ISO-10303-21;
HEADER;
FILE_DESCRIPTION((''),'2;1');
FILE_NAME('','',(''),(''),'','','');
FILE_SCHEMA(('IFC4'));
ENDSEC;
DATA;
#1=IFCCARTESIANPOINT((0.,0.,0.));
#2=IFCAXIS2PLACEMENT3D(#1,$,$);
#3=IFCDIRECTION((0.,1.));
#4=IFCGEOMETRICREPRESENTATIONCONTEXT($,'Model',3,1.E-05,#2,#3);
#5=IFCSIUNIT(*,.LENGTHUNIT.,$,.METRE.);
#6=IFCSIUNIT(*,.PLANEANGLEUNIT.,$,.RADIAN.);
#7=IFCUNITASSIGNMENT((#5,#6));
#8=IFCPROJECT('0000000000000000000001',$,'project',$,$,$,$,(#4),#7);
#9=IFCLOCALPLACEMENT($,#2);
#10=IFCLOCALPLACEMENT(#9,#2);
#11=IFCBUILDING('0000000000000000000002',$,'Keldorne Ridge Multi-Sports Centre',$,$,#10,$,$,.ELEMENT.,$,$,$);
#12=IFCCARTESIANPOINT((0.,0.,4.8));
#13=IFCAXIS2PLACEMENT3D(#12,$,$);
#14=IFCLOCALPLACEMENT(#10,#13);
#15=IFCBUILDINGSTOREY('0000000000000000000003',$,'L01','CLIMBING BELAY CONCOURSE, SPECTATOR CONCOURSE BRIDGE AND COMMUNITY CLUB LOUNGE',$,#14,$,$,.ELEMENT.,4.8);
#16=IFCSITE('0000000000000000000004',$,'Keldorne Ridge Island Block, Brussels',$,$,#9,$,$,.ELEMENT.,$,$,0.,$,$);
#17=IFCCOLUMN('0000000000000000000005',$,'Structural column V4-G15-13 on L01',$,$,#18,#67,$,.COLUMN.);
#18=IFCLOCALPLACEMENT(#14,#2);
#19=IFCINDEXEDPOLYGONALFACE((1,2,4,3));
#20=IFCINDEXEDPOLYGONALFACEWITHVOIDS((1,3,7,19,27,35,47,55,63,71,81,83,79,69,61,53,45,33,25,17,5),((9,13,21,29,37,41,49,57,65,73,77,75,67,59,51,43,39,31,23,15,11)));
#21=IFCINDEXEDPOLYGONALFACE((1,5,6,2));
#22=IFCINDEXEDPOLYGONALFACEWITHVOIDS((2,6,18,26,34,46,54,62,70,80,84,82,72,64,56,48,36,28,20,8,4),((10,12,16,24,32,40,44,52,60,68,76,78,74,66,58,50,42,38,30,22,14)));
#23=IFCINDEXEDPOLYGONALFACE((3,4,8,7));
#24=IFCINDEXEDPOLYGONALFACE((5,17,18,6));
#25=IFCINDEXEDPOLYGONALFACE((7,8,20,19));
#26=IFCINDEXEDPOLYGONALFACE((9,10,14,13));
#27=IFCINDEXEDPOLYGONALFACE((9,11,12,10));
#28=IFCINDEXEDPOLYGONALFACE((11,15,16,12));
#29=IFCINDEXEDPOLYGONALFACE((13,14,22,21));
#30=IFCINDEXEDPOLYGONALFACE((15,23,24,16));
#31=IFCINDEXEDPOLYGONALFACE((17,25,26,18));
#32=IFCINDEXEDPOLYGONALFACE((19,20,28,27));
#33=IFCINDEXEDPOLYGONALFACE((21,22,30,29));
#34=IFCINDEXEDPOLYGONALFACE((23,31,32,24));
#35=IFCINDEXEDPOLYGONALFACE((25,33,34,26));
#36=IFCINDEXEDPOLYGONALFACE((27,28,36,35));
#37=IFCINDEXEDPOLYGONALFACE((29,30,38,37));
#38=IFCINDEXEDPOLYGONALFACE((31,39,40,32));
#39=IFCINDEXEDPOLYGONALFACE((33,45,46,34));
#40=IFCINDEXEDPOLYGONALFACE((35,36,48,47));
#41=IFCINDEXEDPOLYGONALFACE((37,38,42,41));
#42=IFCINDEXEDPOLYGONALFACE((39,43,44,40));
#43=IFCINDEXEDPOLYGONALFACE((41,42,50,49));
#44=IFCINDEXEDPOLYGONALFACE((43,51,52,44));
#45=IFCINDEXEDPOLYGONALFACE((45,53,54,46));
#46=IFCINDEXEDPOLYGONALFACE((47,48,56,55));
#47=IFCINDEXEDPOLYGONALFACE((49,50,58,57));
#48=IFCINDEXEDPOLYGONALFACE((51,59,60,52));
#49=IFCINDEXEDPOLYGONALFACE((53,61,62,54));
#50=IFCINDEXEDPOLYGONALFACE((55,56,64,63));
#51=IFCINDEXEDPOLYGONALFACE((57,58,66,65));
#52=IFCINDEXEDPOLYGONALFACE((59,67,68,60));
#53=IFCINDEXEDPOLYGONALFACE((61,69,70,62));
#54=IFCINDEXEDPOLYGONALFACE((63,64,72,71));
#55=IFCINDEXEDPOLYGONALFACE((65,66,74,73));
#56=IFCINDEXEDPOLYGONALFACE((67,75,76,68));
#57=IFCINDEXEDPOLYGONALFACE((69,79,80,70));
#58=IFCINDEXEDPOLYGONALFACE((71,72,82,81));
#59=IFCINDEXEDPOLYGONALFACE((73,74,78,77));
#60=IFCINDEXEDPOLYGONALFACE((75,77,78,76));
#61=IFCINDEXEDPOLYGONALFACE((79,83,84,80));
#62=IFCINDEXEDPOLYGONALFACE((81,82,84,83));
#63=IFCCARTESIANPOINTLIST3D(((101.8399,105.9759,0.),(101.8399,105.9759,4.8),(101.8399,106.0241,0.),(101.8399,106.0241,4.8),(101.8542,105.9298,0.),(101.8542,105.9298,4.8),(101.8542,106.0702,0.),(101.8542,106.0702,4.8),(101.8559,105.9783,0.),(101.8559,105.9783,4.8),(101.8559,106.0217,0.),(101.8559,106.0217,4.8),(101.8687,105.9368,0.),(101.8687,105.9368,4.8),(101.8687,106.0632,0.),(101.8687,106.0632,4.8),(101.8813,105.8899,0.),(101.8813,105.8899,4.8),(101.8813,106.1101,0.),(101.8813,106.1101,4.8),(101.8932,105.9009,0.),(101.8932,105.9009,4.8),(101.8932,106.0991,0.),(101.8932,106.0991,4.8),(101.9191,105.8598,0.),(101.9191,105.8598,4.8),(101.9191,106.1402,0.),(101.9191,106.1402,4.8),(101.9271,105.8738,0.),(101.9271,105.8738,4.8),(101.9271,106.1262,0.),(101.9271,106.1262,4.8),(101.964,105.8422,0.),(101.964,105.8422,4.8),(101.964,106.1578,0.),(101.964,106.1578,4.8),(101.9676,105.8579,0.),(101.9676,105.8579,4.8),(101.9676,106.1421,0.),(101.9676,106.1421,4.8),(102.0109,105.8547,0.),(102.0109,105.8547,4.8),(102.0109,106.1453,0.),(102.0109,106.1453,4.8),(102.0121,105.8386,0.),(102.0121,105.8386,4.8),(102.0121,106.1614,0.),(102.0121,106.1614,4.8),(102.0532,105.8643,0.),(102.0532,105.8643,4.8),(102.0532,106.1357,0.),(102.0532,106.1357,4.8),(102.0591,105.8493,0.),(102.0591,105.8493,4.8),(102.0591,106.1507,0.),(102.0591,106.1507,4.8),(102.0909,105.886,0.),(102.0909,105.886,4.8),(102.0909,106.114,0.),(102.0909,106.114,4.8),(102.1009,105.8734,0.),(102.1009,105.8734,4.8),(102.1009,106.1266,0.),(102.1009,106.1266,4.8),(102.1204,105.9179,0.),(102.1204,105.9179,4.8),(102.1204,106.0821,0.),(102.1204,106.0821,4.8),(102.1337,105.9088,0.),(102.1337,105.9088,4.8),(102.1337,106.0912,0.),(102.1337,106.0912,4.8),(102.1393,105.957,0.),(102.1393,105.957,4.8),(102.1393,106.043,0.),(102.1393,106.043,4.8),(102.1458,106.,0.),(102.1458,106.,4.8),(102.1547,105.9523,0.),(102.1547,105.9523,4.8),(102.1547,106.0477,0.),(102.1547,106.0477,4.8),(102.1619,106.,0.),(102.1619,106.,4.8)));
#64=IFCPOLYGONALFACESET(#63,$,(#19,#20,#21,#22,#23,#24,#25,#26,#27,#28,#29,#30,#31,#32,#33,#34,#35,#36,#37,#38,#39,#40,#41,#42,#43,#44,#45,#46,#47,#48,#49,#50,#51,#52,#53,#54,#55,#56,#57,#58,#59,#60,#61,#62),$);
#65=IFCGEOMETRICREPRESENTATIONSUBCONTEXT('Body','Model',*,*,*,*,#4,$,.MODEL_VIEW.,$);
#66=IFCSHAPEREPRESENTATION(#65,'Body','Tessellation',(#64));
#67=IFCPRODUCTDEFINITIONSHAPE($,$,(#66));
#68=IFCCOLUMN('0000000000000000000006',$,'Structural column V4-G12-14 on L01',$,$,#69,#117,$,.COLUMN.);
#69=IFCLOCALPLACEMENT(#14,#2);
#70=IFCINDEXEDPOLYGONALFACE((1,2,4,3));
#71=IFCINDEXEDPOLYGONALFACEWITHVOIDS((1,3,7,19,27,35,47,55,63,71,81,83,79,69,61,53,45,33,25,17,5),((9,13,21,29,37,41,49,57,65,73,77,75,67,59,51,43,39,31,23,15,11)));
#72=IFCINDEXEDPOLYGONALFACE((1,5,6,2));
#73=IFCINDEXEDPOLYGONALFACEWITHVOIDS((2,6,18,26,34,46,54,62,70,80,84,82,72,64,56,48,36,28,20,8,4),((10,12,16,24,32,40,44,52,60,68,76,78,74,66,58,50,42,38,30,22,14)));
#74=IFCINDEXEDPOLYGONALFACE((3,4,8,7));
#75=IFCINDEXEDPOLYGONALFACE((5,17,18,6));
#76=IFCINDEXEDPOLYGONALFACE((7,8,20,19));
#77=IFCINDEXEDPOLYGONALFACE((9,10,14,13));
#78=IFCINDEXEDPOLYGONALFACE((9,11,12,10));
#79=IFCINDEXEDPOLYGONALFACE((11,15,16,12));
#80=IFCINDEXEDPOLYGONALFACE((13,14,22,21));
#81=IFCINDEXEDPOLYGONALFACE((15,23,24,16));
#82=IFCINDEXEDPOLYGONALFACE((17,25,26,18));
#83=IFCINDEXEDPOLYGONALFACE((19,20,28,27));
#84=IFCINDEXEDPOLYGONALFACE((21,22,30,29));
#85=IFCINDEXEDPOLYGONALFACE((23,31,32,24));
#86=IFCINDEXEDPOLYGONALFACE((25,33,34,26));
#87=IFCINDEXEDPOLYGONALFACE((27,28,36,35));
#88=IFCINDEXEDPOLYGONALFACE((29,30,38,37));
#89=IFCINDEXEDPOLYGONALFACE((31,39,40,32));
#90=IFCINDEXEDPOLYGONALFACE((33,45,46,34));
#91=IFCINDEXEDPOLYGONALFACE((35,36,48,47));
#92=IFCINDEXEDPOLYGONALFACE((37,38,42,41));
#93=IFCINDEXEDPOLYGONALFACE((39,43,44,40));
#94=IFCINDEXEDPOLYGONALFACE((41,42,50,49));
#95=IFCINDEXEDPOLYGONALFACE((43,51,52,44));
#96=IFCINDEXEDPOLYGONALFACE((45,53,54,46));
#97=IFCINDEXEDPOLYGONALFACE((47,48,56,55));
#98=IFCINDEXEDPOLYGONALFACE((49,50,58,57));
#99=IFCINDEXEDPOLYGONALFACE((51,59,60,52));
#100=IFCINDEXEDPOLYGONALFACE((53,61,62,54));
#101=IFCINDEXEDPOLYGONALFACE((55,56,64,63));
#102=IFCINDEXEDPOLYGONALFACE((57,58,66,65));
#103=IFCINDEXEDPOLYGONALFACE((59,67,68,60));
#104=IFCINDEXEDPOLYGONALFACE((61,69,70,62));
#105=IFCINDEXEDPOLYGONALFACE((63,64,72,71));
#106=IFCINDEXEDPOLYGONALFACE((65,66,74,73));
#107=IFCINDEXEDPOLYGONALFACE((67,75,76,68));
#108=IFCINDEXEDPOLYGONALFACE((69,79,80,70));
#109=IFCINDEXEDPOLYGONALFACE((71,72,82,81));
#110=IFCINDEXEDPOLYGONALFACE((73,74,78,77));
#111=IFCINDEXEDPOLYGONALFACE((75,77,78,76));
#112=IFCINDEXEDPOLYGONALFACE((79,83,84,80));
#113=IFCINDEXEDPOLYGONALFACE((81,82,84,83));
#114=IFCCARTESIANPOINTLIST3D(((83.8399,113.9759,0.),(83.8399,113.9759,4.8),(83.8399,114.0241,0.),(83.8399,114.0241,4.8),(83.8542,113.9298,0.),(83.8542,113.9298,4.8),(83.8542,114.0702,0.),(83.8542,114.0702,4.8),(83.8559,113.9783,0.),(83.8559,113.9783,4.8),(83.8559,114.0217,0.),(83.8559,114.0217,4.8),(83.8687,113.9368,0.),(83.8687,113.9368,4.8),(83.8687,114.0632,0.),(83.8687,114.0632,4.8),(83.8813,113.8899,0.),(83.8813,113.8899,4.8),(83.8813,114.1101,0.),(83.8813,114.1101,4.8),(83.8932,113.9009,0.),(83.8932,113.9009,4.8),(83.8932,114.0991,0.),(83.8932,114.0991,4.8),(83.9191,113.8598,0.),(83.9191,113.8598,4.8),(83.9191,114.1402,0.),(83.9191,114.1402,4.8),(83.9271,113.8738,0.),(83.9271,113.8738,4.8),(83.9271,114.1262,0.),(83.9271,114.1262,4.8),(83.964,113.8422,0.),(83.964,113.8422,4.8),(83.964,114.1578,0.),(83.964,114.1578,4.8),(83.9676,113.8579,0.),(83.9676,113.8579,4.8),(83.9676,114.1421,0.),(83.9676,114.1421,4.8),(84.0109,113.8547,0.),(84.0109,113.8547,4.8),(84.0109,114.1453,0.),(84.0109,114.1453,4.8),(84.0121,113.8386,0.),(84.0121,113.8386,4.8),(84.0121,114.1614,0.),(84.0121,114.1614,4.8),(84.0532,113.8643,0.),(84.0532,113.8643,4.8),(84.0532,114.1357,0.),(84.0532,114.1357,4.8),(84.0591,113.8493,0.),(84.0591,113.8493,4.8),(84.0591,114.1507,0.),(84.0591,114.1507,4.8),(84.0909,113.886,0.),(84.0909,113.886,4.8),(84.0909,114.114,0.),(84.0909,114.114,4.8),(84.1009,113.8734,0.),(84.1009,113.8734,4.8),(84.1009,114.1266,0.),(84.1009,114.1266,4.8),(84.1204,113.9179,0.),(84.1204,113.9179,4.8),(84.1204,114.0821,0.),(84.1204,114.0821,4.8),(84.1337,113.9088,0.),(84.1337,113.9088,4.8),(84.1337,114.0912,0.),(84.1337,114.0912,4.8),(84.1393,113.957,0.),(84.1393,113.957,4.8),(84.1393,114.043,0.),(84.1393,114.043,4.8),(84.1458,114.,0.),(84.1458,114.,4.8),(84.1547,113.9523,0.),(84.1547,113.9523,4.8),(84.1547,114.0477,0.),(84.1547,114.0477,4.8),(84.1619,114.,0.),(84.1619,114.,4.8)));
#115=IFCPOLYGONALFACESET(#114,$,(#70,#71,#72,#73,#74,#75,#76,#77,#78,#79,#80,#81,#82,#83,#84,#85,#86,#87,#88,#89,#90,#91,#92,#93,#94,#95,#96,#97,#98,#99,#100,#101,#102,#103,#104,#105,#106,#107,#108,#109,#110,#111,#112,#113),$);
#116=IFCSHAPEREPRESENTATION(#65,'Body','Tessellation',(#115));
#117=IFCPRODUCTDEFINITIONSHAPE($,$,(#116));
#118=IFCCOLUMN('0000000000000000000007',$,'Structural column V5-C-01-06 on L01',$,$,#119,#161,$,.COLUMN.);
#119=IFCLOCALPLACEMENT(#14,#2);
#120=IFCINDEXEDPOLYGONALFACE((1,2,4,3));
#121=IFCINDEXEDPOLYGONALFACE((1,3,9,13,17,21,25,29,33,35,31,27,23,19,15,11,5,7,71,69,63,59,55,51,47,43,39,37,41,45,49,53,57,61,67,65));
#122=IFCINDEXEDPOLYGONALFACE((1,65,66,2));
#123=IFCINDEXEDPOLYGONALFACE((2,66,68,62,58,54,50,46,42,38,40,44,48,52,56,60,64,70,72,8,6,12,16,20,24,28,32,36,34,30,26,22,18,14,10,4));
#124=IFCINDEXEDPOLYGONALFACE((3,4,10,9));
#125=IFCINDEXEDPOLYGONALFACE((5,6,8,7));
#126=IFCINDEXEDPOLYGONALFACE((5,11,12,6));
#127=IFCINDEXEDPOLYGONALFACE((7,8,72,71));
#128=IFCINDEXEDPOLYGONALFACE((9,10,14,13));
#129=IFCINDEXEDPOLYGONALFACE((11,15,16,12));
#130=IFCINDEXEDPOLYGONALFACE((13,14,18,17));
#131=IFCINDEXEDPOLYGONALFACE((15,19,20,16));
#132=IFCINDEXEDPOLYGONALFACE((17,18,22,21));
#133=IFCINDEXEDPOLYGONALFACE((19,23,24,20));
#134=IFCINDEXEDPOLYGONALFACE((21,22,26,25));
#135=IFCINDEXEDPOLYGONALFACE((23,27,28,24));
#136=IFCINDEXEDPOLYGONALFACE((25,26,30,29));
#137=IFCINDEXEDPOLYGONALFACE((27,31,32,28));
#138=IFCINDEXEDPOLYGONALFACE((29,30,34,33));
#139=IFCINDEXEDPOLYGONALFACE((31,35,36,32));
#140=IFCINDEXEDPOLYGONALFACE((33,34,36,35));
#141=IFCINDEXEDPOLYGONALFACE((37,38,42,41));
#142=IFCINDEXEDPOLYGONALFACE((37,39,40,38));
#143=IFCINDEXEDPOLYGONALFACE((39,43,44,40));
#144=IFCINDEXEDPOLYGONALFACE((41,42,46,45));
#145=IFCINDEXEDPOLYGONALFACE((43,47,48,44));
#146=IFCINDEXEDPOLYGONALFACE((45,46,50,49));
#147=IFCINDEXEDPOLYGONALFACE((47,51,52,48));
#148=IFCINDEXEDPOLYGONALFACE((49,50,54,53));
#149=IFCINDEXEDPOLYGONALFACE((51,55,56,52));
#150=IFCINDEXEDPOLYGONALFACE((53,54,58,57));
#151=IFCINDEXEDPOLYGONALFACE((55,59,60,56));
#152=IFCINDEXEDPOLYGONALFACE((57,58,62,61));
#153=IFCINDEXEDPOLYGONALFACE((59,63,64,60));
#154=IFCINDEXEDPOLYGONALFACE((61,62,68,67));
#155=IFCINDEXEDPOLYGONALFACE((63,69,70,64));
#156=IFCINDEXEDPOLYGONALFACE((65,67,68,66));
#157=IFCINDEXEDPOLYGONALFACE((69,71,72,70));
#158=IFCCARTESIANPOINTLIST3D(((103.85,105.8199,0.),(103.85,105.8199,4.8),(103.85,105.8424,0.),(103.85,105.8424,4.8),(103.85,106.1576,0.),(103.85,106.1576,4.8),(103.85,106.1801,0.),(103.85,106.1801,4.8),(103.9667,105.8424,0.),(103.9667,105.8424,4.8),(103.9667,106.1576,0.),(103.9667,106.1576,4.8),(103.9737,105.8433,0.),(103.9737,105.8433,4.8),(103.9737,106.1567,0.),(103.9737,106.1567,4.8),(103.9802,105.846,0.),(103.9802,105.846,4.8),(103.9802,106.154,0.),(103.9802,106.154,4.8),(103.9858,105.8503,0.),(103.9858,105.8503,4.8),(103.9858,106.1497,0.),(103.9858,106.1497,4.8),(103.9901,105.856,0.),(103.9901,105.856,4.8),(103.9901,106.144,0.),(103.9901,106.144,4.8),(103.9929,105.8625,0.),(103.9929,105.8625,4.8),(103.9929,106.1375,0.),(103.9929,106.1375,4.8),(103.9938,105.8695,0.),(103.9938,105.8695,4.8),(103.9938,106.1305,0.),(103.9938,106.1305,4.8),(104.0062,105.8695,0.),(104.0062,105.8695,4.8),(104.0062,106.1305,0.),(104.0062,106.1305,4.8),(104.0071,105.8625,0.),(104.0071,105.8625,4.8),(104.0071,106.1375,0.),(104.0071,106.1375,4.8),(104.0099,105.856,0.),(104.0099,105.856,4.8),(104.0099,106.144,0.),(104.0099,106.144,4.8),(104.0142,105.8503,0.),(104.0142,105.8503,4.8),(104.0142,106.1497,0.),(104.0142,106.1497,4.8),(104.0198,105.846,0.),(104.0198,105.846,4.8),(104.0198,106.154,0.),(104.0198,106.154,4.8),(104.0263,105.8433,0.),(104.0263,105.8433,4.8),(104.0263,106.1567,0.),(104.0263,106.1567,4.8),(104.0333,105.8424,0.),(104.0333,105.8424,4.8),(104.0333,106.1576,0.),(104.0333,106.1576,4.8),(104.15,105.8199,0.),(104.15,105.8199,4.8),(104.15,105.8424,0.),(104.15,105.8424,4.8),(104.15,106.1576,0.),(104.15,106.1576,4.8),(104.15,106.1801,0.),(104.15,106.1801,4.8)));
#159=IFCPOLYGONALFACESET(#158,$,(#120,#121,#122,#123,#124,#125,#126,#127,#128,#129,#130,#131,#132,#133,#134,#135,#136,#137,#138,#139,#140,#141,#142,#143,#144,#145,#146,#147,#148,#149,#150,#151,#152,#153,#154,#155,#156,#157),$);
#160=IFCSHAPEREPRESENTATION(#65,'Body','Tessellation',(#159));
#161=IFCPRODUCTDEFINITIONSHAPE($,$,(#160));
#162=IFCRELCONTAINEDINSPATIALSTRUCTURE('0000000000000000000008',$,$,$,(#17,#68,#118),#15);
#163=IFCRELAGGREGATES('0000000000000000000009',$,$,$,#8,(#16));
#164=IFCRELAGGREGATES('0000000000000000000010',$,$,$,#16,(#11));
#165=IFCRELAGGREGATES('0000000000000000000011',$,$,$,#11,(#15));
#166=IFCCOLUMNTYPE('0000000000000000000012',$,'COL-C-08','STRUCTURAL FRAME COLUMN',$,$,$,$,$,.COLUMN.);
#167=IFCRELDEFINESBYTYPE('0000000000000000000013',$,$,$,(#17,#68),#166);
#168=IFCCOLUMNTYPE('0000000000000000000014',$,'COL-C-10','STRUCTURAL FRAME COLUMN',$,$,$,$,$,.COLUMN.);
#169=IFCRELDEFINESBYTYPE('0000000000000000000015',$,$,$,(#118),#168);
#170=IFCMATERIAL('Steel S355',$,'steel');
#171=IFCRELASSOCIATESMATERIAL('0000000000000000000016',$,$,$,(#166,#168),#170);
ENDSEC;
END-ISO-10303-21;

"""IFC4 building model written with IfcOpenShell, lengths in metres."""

from ifc_helpers import new_model, si_unit, direction, frame, origin, origin_2d, place, context, subcontext, project, spatial, hollow_circle, i_section, extrude, material, material_profile, profile_set, type_object, element, save


model = new_model("IFC4")

# Units and contexts
model_context = context("Model", 3, precision=1e-05, world=origin(), true_north=direction((0.0, 1.0)))
body_context = subcontext(model_context, "Body", "Model", "MODEL_VIEW")
ifc_project = project(units=[si_unit("LENGTHUNIT", "METRE"), si_unit("PLANEANGLEUNIT", "RADIAN")], contexts=[model_context])

# Site, building, storey
site_placement = place(None, origin())
site = spatial("IfcSite", under=ifc_project, at=site_placement, Name="Keldorne Ridge Island Block, Brussels", CompositionType="ELEMENT", RefElevation=0.0)
building_placement = place(site_placement, origin())
building = spatial("IfcBuilding", under=site, at=building_placement, Name="Keldorne Ridge Multi-Sports Centre", CompositionType="ELEMENT")
storey_placement = place(building_placement, frame((0.0, 0.0, 4.8)))
storey = spatial("IfcBuildingStorey", under=building, at=storey_placement, Name="L01", Description="CLIMBING BELAY CONCOURSE, SPECTATOR CONCOURSE BRIDGE AND COMMUNITY CLUB LOUNGE", CompositionType="ELEMENT", Elevation=4.8)

# Columns
ifc_material_1 = material(Name="Steel S355", Category="steel")
ifc_material_profile_1 = material_profile(ifc_material_1, hollow_circle(Radius=0.1619, WallThickness=0.0161, at=origin_2d()), Name="CHS 323.9x16")
ifc_profile_set_1 = profile_set([ifc_material_profile_1], Name="Steel S355")
column_type_1 = type_object("IfcColumnType", Name="COL-C-08", Description="STRUCTURAL FRAME COLUMN", PredefinedType="COLUMN", material=ifc_profile_set_1)
for number, where, z_axis, x_axis, name in (
    (1, (102.0, 106.0, 0.0), (0.0, 0.0, 1.0), (1.0, 0.0, 0.0), "Structural column V4-G15-13 on L01"),
    (2, (84.0, 114.0, 0.0), (0.0, 0.0, 1.0), (1.0, 0.0, 0.0), "Structural column V4-G12-14 on L01"),
):
    element("IfcColumn", number, at=place(storey_placement, frame(where, z_axis=z_axis, x_axis=x_axis)), inside=storey, type_object=column_type_1, Name=name, PredefinedType="COLUMN", context=body_context, shape_type="SweptSolid", body=[
        extrude(hollow_circle(Radius=0.1619, WallThickness=0.0161, at=origin_2d()), origin(), (0.0, 0.0, 1.0), 4.8),
    ])
ifc_material_profile_2 = material_profile(ifc_material_1, i_section(OverallWidth=0.3, OverallDepth=0.3601, WebThickness=0.0125, FlangeThickness=0.0225, FilletRadius=0.0271, at=origin_2d()), Name="HEB 360")
ifc_profile_set_2 = profile_set([ifc_material_profile_2], Name="Steel S355")
column_type_2 = type_object("IfcColumnType", Name="COL-C-10", Description="STRUCTURAL FRAME COLUMN", PredefinedType="COLUMN", material=ifc_profile_set_2)
column_placement = place(storey_placement, frame((104.0, 106.0, 0.0), z_axis=(0.0, 0.0, 1.0), x_axis=(1.0, 0.0, 0.0)))
element("IfcColumn", 3, at=column_placement, inside=storey, type_object=column_type_2, Name="Structural column V5-C-01-06 on L01", PredefinedType="COLUMN", context=body_context, shape_type="SweptSolid", body=[
    extrude(i_section(OverallWidth=0.3, OverallDepth=0.3601, WebThickness=0.0125, FlangeThickness=0.0225, FilletRadius=0.0271, at=origin_2d()), origin(), (0.0, 0.0, 1.0), 4.8),
])

save(model, "model.ifc")
